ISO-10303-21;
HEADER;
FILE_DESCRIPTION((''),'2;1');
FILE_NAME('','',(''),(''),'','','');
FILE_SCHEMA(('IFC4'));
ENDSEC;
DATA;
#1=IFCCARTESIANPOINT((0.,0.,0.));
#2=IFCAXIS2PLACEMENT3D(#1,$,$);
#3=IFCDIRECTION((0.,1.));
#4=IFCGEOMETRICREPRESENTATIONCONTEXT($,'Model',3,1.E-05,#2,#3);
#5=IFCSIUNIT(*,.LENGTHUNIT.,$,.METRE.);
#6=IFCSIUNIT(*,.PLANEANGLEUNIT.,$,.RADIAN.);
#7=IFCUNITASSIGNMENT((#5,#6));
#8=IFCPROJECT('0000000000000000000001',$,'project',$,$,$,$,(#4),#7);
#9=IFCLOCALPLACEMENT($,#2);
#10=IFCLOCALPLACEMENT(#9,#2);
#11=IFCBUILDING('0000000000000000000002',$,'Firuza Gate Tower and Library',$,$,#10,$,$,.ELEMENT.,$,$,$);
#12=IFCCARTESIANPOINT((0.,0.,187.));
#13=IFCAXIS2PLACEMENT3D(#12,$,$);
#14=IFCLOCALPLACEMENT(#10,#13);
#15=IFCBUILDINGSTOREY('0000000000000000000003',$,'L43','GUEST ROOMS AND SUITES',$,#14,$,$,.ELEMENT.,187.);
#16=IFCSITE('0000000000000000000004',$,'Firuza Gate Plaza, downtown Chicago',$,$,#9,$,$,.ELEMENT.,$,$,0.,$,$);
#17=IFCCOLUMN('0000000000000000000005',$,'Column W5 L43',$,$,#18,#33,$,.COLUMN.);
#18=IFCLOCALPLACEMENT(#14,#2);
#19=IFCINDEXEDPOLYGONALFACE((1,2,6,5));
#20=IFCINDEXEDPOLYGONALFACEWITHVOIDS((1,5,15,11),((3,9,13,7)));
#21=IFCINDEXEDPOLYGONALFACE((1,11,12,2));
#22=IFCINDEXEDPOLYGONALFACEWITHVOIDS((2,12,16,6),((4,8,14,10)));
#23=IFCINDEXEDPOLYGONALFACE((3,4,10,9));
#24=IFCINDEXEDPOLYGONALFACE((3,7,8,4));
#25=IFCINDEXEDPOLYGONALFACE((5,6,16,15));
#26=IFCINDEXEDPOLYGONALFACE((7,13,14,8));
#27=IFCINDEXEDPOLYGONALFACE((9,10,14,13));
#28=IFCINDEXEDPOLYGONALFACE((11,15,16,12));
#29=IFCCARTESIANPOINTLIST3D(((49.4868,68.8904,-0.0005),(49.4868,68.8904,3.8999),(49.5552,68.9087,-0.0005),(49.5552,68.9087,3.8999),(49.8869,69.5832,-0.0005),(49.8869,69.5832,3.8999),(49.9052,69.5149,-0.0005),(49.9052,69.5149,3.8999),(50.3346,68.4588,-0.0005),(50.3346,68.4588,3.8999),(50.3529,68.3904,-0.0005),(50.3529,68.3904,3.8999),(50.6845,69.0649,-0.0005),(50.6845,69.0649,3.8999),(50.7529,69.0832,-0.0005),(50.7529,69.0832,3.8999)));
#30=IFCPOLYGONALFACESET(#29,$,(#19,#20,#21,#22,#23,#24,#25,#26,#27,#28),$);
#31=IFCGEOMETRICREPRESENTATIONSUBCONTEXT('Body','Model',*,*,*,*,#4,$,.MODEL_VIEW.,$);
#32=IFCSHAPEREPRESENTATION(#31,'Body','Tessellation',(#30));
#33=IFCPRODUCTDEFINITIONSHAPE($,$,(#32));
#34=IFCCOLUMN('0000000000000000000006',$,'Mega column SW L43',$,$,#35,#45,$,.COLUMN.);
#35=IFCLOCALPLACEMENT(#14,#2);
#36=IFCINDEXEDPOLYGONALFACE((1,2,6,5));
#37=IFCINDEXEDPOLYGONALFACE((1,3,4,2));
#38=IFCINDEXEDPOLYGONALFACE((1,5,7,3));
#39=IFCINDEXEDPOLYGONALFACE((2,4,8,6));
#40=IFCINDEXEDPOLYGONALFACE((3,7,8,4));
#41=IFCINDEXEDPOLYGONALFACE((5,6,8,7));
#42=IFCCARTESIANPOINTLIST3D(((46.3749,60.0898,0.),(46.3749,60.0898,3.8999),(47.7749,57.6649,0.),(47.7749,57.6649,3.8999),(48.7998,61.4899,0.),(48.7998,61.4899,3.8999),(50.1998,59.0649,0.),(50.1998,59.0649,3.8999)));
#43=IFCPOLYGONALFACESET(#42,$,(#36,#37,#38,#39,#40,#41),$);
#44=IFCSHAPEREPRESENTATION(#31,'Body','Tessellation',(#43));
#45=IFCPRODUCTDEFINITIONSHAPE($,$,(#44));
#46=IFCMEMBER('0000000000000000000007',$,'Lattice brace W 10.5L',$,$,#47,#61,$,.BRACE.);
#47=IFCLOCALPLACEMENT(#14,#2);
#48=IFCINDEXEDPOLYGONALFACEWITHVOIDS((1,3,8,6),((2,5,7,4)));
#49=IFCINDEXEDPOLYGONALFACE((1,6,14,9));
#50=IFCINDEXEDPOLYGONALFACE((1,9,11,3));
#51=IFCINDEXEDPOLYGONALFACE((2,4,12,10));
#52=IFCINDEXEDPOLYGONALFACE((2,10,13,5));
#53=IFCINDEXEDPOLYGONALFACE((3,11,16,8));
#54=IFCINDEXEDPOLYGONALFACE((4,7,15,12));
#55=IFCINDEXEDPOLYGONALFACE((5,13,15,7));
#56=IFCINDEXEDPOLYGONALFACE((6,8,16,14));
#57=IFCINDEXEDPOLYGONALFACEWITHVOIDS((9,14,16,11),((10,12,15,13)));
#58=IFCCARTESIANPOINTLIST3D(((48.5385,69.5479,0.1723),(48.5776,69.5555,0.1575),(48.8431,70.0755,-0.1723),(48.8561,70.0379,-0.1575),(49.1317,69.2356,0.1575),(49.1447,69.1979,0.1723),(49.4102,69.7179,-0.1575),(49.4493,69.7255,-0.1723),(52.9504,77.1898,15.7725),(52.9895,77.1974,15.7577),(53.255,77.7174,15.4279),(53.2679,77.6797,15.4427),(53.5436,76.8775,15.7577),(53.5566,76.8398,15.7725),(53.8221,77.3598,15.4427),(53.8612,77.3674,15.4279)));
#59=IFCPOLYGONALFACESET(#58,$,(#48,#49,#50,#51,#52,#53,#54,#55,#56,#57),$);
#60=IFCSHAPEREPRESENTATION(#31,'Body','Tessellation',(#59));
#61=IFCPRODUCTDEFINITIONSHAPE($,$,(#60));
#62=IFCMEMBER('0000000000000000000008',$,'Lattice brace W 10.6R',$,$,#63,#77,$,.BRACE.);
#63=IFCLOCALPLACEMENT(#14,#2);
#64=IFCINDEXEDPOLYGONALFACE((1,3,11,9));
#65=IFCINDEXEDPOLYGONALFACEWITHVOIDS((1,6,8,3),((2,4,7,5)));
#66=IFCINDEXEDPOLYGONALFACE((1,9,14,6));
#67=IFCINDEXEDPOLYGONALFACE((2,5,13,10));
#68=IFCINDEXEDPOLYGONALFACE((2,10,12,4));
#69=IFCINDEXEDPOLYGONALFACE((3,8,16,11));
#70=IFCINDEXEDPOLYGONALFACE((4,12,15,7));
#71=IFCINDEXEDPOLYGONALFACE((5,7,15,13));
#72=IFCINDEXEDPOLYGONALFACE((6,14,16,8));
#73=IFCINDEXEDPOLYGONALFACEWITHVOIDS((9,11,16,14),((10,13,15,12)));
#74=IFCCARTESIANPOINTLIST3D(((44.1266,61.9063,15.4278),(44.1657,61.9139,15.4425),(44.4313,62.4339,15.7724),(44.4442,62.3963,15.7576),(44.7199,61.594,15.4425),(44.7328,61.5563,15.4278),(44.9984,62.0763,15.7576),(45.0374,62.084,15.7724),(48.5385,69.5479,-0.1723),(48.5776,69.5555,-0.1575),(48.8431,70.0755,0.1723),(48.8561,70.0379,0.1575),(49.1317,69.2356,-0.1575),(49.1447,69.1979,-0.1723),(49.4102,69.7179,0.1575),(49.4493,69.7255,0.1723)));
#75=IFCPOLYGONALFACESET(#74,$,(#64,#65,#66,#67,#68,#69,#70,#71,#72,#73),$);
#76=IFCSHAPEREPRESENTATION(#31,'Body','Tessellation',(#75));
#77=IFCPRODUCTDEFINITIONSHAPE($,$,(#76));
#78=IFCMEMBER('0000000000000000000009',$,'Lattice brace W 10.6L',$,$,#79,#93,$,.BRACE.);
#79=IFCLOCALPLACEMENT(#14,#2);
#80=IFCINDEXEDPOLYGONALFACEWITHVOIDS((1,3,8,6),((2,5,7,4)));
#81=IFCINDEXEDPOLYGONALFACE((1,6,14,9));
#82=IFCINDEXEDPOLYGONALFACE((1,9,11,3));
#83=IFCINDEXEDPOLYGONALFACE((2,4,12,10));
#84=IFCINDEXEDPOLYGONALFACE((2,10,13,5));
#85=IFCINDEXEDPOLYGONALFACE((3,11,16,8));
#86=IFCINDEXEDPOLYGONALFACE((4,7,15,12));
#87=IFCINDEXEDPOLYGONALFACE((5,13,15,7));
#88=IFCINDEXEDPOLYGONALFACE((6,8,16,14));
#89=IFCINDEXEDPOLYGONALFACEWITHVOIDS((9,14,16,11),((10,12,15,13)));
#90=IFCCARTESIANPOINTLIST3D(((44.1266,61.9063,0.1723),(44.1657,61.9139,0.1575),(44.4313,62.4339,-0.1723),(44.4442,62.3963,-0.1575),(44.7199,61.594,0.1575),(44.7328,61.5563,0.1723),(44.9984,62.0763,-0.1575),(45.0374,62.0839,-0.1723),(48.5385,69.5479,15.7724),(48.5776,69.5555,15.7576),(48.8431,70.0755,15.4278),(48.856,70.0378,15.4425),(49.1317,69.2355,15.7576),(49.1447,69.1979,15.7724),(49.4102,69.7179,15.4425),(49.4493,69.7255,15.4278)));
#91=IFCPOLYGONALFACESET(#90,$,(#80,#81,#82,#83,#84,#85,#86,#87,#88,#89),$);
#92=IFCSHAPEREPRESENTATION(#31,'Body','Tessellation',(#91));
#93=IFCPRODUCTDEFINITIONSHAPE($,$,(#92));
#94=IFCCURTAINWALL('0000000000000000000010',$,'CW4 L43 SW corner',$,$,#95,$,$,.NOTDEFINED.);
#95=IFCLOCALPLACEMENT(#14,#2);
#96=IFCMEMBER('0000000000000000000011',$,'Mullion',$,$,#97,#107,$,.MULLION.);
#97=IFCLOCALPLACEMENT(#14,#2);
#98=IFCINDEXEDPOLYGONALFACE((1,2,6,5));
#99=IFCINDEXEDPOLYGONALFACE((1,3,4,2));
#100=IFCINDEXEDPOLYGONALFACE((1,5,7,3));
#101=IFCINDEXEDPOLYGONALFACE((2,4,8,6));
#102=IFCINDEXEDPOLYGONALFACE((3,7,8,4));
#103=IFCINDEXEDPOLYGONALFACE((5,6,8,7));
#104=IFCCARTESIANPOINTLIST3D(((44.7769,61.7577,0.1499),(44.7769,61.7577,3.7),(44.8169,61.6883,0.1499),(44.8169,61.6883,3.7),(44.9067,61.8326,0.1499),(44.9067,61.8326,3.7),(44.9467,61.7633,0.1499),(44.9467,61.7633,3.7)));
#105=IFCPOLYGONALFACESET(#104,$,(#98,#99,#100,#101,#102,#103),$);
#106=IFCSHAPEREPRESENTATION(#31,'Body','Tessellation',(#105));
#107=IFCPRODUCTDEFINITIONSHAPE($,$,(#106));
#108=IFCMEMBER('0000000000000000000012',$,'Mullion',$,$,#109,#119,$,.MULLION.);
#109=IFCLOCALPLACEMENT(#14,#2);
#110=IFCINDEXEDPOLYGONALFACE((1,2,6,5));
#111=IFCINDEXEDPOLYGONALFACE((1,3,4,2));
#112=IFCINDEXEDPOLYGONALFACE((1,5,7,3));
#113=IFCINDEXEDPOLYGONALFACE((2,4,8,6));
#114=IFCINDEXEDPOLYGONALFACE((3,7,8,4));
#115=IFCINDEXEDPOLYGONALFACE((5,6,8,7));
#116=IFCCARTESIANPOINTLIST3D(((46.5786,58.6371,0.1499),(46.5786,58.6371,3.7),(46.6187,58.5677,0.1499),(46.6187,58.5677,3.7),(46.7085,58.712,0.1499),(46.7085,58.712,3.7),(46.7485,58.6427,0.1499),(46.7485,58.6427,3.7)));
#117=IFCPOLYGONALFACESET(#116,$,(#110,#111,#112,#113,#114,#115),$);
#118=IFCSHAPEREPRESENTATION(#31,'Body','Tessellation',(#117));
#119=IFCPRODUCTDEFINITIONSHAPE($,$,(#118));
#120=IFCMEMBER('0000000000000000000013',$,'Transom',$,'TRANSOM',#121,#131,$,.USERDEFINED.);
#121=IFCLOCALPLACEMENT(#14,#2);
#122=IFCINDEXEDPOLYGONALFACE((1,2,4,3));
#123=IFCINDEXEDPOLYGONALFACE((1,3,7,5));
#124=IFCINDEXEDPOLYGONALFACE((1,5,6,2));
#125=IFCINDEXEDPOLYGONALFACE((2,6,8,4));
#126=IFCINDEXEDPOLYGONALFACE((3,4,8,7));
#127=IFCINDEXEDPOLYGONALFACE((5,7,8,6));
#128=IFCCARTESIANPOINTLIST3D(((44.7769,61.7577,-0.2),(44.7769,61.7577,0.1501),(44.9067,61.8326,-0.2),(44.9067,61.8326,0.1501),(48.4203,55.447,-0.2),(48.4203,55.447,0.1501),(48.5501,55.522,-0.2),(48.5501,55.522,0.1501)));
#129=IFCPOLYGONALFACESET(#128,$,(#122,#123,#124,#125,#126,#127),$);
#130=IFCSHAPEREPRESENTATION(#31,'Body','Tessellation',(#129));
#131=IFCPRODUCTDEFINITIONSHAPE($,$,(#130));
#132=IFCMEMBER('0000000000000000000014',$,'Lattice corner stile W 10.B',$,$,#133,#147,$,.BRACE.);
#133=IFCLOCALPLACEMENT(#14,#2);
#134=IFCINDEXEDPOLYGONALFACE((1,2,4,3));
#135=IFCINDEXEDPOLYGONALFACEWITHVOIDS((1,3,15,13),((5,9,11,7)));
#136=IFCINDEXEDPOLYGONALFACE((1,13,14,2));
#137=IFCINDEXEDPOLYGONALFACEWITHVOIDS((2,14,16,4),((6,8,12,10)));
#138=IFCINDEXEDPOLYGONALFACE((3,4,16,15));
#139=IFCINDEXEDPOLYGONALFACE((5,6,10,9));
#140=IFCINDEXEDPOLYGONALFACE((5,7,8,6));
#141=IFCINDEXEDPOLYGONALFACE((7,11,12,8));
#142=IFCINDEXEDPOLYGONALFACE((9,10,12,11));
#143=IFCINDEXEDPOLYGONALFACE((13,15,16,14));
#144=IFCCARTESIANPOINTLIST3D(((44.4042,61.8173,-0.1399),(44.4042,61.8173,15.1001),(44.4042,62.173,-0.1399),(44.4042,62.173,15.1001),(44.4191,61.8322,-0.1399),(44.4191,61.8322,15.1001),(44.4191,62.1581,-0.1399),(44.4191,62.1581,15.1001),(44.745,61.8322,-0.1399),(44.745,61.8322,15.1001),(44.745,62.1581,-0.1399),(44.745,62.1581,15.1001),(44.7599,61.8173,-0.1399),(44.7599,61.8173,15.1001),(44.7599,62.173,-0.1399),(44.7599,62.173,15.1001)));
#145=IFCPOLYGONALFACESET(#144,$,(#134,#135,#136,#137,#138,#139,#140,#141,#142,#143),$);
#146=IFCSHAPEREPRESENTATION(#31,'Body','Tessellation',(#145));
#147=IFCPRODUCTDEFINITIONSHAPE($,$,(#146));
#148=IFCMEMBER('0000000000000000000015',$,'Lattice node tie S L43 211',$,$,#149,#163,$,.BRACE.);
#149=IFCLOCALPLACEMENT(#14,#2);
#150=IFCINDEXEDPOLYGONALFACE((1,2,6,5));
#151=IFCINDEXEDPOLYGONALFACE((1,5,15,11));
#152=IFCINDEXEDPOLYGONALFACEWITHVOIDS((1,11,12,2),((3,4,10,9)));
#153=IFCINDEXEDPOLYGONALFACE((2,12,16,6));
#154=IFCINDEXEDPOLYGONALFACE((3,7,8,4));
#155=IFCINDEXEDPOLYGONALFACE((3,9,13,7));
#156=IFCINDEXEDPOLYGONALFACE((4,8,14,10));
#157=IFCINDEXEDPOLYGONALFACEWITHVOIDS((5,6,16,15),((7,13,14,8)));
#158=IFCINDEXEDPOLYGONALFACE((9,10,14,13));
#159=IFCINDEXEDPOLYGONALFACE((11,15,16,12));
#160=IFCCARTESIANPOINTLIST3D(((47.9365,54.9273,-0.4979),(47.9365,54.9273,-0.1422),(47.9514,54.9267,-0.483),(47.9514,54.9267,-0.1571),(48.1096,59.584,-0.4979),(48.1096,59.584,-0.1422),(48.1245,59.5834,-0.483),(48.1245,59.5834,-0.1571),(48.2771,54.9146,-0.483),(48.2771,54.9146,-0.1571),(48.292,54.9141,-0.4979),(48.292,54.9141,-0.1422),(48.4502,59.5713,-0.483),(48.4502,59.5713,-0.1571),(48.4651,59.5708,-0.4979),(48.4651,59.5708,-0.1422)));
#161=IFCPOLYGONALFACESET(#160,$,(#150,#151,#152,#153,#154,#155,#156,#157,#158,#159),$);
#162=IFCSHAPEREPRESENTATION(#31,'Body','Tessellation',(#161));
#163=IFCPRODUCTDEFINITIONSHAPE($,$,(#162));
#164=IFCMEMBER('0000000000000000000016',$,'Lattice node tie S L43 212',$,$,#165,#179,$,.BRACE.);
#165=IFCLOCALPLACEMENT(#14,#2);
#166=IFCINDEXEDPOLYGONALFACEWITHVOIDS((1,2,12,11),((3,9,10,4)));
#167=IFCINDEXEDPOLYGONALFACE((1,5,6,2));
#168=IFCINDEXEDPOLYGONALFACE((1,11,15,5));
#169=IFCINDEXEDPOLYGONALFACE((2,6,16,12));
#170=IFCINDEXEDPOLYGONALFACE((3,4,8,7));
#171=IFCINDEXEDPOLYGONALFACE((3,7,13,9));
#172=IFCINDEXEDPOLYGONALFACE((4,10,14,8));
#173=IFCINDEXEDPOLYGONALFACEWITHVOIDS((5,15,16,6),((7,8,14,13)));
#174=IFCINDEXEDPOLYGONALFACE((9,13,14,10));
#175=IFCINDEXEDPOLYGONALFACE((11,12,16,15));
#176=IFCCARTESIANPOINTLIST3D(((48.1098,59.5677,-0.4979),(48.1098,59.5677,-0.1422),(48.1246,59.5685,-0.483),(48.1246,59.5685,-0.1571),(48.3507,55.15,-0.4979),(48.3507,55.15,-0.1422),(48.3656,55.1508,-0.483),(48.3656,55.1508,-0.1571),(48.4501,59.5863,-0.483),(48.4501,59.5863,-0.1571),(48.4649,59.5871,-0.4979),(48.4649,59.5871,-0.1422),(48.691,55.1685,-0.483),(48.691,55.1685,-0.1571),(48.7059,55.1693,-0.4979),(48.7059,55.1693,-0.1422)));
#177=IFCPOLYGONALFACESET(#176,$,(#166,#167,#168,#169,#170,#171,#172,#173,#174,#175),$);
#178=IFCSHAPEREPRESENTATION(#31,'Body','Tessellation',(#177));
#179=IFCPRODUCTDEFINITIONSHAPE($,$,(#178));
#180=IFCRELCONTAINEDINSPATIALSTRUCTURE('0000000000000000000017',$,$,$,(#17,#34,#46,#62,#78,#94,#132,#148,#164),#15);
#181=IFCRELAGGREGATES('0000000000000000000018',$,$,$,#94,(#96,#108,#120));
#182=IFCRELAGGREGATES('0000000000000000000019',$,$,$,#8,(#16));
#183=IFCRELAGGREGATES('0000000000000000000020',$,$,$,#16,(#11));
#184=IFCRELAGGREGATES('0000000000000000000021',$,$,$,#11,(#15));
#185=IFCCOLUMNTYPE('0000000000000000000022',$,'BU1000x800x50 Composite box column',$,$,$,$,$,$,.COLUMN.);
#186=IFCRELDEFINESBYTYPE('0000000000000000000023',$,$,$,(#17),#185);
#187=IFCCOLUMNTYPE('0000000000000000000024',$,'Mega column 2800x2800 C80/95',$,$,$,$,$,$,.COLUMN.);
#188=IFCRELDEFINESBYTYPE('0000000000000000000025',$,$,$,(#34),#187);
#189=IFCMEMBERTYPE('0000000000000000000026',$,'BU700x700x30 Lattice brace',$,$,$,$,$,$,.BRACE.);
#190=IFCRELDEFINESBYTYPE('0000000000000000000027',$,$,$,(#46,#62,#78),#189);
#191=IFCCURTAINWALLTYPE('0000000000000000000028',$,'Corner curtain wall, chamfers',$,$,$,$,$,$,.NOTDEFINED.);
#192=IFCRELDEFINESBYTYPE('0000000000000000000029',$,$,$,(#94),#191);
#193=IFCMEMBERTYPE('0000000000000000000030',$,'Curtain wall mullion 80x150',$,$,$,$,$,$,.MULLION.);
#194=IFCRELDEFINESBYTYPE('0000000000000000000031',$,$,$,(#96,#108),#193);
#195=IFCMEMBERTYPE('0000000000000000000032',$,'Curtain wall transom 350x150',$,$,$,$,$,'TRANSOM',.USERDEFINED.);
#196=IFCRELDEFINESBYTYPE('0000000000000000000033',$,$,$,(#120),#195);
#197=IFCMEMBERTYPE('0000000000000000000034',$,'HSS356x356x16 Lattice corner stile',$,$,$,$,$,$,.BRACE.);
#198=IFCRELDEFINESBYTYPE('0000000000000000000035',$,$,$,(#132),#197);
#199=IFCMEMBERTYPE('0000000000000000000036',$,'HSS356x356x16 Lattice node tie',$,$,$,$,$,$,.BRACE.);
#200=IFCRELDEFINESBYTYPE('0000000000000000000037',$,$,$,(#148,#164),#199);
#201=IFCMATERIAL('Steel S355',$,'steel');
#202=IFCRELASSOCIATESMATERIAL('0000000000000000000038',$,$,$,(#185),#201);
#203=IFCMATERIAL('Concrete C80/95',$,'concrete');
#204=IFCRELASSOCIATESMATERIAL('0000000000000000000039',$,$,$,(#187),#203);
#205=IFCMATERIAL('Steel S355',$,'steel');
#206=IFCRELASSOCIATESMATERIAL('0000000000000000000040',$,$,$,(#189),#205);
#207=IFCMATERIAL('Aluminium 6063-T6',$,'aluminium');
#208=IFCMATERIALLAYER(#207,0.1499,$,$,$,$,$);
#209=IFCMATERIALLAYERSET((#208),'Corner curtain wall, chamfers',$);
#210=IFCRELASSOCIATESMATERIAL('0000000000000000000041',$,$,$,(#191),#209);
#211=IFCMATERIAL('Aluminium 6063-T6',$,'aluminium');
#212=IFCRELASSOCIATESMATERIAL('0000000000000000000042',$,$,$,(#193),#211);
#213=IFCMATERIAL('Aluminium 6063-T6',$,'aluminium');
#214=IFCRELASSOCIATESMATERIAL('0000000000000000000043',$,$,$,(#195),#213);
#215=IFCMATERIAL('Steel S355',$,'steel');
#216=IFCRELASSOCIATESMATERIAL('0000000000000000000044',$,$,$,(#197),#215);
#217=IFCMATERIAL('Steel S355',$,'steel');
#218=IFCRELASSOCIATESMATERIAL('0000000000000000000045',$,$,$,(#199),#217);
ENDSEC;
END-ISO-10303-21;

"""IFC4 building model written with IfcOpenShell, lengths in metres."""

from ifc_helpers import new_model, si_unit, direction, frame, origin, origin_2d, place, context, subcontext, project, spatial, rectangle, hollow_rectangle, extrude, material, layer, layer_set, material_profile, profile_set, type_object, element, aggregate, save


model = new_model("IFC4")

# Units and contexts
model_context = context("Model", 3, precision=1e-05, world=origin(), true_north=direction((0.0, 1.0)))
body_context = subcontext(model_context, "Body", "Model", "MODEL_VIEW")
ifc_project = project(units=[si_unit("LENGTHUNIT", "METRE"), si_unit("PLANEANGLEUNIT", "RADIAN")], contexts=[model_context])

# Site, building, storey
site_placement = place(None, origin())
site = spatial("IfcSite", under=ifc_project, at=site_placement, Name="Firuza Gate Plaza, downtown Chicago", CompositionType="ELEMENT", RefElevation=0.0)
building_placement = place(site_placement, origin())
building = spatial("IfcBuilding", under=site, at=building_placement, Name="Firuza Gate Tower and Library", CompositionType="ELEMENT")
storey_placement = place(building_placement, frame((0.0, 0.0, 187.0)))
storey = spatial("IfcBuildingStorey", under=building, at=storey_placement, Name="L43", Description="GUEST ROOMS AND SUITES", CompositionType="ELEMENT", Elevation=187.0)

# Columns
ifc_material_1 = material(Name="Steel S355", Category="steel")
ifc_material_profile_1 = material_profile(ifc_material_1, hollow_rectangle(XDim=0.8, YDim=1.0, WallThickness=0.05, at=origin_2d()))
ifc_profile_set_1 = profile_set([ifc_material_profile_1], Name="Steel S355")
column_type_1 = type_object("IfcColumnType", Name="BU1000x800x50 Composite box column", PredefinedType="COLUMN", material=ifc_profile_set_1)
column_1_placement = place(storey_placement, frame((50.1199, 68.9868, -0.0005), z_axis=(0.0, 0.0, 1.0), x_axis=(-0.5, -0.866025, 0.0)))
element("IfcColumn", 1, at=column_1_placement, inside=storey, type_object=column_type_1, Name="Column W5 L43", PredefinedType="COLUMN", context=body_context, shape_type="SweptSolid", body=[
    extrude(hollow_rectangle(XDim=0.8, YDim=1.0, WallThickness=0.05, at=origin_2d()), origin(), (0.0, 0.0, 1.0), 3.9004),
])
ifc_material_2 = material(Name="Concrete C80/95", Category="concrete")
ifc_material_profile_2 = material_profile(ifc_material_2, rectangle(XDim=2.8, YDim=2.8, at=origin_2d()))
ifc_profile_set_2 = profile_set([ifc_material_profile_2], Name="Concrete C80/95")
column_type_2 = type_object("IfcColumnType", Name="Mega column 2800x2800 C80/95", PredefinedType="COLUMN", material=ifc_profile_set_2)
column_2_placement = place(storey_placement, frame((48.2874, 59.5774, 0.0), z_axis=(0.0, 0.0, 1.0), x_axis=(0.5, -0.866025, 0.0)))
element("IfcColumn", 2, at=column_2_placement, inside=storey, type_object=column_type_2, Name="Mega column SW L43", PredefinedType="COLUMN", context=body_context, shape_type="SweptSolid", body=[
    extrude(rectangle(XDim=2.8, YDim=2.8, at=origin_2d()), origin(), (0.0, 0.0, 1.0), 3.8999),
])

# Members
ifc_material_3 = material(Name="Steel S355", Category="steel")
ifc_material_profile_3 = material_profile(ifc_material_3, hollow_rectangle(XDim=0.7, YDim=0.7, WallThickness=0.03, at=origin_2d()))
ifc_profile_set_3 = profile_set([ifc_material_profile_3], Name="Steel S355")
member_type_1 = type_object("IfcMemberType", Name="BU700x700x30 Lattice brace", PredefinedType="BRACE", material=ifc_profile_set_3)
member_1_placement = place(storey_placement, frame((48.9939, 69.6367, 0.0), z_axis=(0.24616, 0.426377, 0.870407), x_axis=(-0.866033, 0.499987, 0.0)))
element("IfcMember", 3, at=member_1_placement, inside=storey, type_object=member_type_1, Name="Lattice brace W 10.5L", PredefinedType="BRACE", context=body_context, shape_type="SweptSolid", body=[
    extrude(hollow_rectangle(XDim=0.7, YDim=0.7, WallThickness=0.03, at=origin_2d()), origin(), (0.0, 0.0, 1.0), 17.9229),
])
for number, where, z_axis, x_axis, name in (
    (4, (48.9939, 69.6367, 0.0), (-0.246161, -0.426365, 0.870412), (0.866026, -0.499999, 0.0), "Lattice brace W 10.6R"),
    (5, (44.582, 61.9951, 0.0), (0.246161, 0.426365, 0.870412), (-0.866026, 0.499999, 0.0), "Lattice brace W 10.6L"),
):
    element("IfcMember", number, at=place(storey_placement, frame(where, z_axis=z_axis, x_axis=x_axis)), inside=storey, type_object=member_type_1, Name=name, PredefinedType="BRACE", context=body_context, shape_type="SweptSolid", body=[
        extrude(hollow_rectangle(XDim=0.7, YDim=0.7, WallThickness=0.03, at=origin_2d()), origin(), (0.0, 0.0, 1.0), 17.9226),
    ])

# Curtain wall, members
ifc_material_4 = material(Name="Aluminium 6063-T6", Category="aluminium")
ifc_layer_1 = layer(ifc_material_4, 0.1499)
ifc_layer_set_1 = layer_set([ifc_layer_1], Name="Corner curtain wall, chamfers")
curtain_wall_type = type_object("IfcCurtainWallType", Name="Corner curtain wall, chamfers", PredefinedType="NOTDEFINED", material=ifc_layer_set_1)
curtain_wall_placement = place(storey_placement, origin())
curtain_wall = element("IfcCurtainWall", 6, at=curtain_wall_placement, inside=storey, type_object=curtain_wall_type, Name="CW4 L43 SW corner", PredefinedType="NOTDEFINED")
ifc_material_5 = material(Name="Aluminium 6063-T6", Category="aluminium")
ifc_material_profile_4 = material_profile(ifc_material_5, rectangle(XDim=0.1499, YDim=0.0801, at=origin_2d()))
ifc_profile_set_4 = profile_set([ifc_material_profile_4], Name="Aluminium 6063-T6")
member_type_2 = type_object("IfcMemberType", Name="Curtain wall mullion 80x150", PredefinedType="MULLION", material=ifc_profile_set_4)
member_2_placement = place(storey_placement, frame((44.8618, 61.7605, 0.1499), z_axis=(0.0, 0.0, 1.0), x_axis=(0.866025, 0.5, 0.0)))
member_2 = element("IfcMember", 7, at=member_2_placement, type_object=member_type_2, Name="Mullion", PredefinedType="MULLION", context=body_context, shape_type="SweptSolid", body=[
    extrude(rectangle(XDim=0.1499, YDim=0.0801, at=origin_2d()), origin(), (0.0, 0.0, 1.0), 3.55),
])
member_3_placement = place(storey_placement, frame((46.6636, 58.6399, 0.1499), z_axis=(0.0, 0.0, 1.0), x_axis=(0.866025, 0.5, 0.0)))
member_3 = element("IfcMember", 8, at=member_3_placement, type_object=member_type_2, Name="Mullion", PredefinedType="MULLION", context=body_context, shape_type="SweptSolid", body=[
    extrude(rectangle(XDim=0.1499, YDim=0.0801, at=origin_2d()), origin(), (0.0, 0.0, 1.0), 3.55),
])
ifc_material_6 = material(Name="Aluminium 6063-T6", Category="aluminium")
ifc_material_profile_5 = material_profile(ifc_material_6, rectangle(XDim=0.1499, YDim=0.3501, at=origin_2d()))
ifc_profile_set_5 = profile_set([ifc_material_profile_5], Name="Aluminium 6063-T6")
member_type_3 = type_object("IfcMemberType", Name="Curtain wall transom 350x150", ElementType="TRANSOM", PredefinedType="USERDEFINED", material=ifc_profile_set_5)
member_4_placement = place(storey_placement, frame((44.8418, 61.7952, -0.0249), z_axis=(0.499991, -0.86603, 0.0), x_axis=(0.86603, 0.499991, 0.0)))
member_4 = element("IfcMember", 9, at=member_4_placement, type_object=member_type_3, Name="Transom", ObjectType="TRANSOM", PredefinedType="USERDEFINED", context=body_context, shape_type="SweptSolid", body=[
    extrude(rectangle(XDim=0.1499, YDim=0.3501, at=origin_2d()), origin(), (0.0, 0.0, 1.0), 7.2869),
])

# Members
ifc_material_7 = material(Name="Steel S355", Category="steel")
ifc_material_profile_6 = material_profile(ifc_material_7, hollow_rectangle(XDim=0.3557, YDim=0.3557, WallThickness=0.0149, at=origin_2d()))
ifc_profile_set_6 = profile_set([ifc_material_profile_6], Name="Steel S355")
member_type_4 = type_object("IfcMemberType", Name="HSS356x356x16 Lattice corner stile", PredefinedType="BRACE", material=ifc_profile_set_6)
member_5_placement = place(storey_placement, frame((44.582, 61.9951, -0.1399), z_axis=(0.0, 0.0, 1.0), x_axis=(1.0, 0.0, 0.0)))
element("IfcMember", 10, at=member_5_placement, inside=storey, type_object=member_type_4, Name="Lattice corner stile W 10.B", PredefinedType="BRACE", context=body_context, shape_type="SweptSolid", body=[
    extrude(hollow_rectangle(XDim=0.3557, YDim=0.3557, WallThickness=0.0149, at=origin_2d()), origin(), (0.0, 0.0, 1.0), 15.24),
])
ifc_material_8 = material(Name="Steel S355", Category="steel")
ifc_material_profile_7 = material_profile(ifc_material_8, hollow_rectangle(XDim=0.3557, YDim=0.3557, WallThickness=0.0149, at=origin_2d()))
ifc_profile_set_7 = profile_set([ifc_material_profile_7], Name="Steel S355")
member_type_5 = type_object("IfcMemberType", Name="HSS356x356x16 Lattice node tie", PredefinedType="BRACE", material=ifc_profile_set_7)
member_6_placement = place(storey_placement, frame((48.2874, 59.5774, -0.3201), z_axis=(-0.037145, -0.99931, 0.0), x_axis=(0.99931, -0.037145, 0.0)))
element("IfcMember", 11, at=member_6_placement, inside=storey, type_object=member_type_5, Name="Lattice node tie S L43 211", PredefinedType="BRACE", context=body_context, shape_type="SweptSolid", body=[
    extrude(hollow_rectangle(XDim=0.3557, YDim=0.3557, WallThickness=0.0149, at=origin_2d()), origin(), (0.0, 0.0, 1.0), 4.6599),
])
member_7_placement = place(storey_placement, frame((48.2874, 59.5774, -0.3201), z_axis=(0.054464, -0.998516, 0.0), x_axis=(0.998516, 0.054464, 0.0)))
element("IfcMember", 12, at=member_7_placement, inside=storey, type_object=member_type_5, Name="Lattice node tie S L43 212", PredefinedType="BRACE", context=body_context, shape_type="SweptSolid", body=[
    extrude(hollow_rectangle(XDim=0.3557, YDim=0.3557, WallThickness=0.0149, at=origin_2d()), origin(), (0.0, 0.0, 1.0), 4.4243),
])

aggregate(curtain_wall, [member_2, member_3, member_4])

save(model, "model.ifc")
